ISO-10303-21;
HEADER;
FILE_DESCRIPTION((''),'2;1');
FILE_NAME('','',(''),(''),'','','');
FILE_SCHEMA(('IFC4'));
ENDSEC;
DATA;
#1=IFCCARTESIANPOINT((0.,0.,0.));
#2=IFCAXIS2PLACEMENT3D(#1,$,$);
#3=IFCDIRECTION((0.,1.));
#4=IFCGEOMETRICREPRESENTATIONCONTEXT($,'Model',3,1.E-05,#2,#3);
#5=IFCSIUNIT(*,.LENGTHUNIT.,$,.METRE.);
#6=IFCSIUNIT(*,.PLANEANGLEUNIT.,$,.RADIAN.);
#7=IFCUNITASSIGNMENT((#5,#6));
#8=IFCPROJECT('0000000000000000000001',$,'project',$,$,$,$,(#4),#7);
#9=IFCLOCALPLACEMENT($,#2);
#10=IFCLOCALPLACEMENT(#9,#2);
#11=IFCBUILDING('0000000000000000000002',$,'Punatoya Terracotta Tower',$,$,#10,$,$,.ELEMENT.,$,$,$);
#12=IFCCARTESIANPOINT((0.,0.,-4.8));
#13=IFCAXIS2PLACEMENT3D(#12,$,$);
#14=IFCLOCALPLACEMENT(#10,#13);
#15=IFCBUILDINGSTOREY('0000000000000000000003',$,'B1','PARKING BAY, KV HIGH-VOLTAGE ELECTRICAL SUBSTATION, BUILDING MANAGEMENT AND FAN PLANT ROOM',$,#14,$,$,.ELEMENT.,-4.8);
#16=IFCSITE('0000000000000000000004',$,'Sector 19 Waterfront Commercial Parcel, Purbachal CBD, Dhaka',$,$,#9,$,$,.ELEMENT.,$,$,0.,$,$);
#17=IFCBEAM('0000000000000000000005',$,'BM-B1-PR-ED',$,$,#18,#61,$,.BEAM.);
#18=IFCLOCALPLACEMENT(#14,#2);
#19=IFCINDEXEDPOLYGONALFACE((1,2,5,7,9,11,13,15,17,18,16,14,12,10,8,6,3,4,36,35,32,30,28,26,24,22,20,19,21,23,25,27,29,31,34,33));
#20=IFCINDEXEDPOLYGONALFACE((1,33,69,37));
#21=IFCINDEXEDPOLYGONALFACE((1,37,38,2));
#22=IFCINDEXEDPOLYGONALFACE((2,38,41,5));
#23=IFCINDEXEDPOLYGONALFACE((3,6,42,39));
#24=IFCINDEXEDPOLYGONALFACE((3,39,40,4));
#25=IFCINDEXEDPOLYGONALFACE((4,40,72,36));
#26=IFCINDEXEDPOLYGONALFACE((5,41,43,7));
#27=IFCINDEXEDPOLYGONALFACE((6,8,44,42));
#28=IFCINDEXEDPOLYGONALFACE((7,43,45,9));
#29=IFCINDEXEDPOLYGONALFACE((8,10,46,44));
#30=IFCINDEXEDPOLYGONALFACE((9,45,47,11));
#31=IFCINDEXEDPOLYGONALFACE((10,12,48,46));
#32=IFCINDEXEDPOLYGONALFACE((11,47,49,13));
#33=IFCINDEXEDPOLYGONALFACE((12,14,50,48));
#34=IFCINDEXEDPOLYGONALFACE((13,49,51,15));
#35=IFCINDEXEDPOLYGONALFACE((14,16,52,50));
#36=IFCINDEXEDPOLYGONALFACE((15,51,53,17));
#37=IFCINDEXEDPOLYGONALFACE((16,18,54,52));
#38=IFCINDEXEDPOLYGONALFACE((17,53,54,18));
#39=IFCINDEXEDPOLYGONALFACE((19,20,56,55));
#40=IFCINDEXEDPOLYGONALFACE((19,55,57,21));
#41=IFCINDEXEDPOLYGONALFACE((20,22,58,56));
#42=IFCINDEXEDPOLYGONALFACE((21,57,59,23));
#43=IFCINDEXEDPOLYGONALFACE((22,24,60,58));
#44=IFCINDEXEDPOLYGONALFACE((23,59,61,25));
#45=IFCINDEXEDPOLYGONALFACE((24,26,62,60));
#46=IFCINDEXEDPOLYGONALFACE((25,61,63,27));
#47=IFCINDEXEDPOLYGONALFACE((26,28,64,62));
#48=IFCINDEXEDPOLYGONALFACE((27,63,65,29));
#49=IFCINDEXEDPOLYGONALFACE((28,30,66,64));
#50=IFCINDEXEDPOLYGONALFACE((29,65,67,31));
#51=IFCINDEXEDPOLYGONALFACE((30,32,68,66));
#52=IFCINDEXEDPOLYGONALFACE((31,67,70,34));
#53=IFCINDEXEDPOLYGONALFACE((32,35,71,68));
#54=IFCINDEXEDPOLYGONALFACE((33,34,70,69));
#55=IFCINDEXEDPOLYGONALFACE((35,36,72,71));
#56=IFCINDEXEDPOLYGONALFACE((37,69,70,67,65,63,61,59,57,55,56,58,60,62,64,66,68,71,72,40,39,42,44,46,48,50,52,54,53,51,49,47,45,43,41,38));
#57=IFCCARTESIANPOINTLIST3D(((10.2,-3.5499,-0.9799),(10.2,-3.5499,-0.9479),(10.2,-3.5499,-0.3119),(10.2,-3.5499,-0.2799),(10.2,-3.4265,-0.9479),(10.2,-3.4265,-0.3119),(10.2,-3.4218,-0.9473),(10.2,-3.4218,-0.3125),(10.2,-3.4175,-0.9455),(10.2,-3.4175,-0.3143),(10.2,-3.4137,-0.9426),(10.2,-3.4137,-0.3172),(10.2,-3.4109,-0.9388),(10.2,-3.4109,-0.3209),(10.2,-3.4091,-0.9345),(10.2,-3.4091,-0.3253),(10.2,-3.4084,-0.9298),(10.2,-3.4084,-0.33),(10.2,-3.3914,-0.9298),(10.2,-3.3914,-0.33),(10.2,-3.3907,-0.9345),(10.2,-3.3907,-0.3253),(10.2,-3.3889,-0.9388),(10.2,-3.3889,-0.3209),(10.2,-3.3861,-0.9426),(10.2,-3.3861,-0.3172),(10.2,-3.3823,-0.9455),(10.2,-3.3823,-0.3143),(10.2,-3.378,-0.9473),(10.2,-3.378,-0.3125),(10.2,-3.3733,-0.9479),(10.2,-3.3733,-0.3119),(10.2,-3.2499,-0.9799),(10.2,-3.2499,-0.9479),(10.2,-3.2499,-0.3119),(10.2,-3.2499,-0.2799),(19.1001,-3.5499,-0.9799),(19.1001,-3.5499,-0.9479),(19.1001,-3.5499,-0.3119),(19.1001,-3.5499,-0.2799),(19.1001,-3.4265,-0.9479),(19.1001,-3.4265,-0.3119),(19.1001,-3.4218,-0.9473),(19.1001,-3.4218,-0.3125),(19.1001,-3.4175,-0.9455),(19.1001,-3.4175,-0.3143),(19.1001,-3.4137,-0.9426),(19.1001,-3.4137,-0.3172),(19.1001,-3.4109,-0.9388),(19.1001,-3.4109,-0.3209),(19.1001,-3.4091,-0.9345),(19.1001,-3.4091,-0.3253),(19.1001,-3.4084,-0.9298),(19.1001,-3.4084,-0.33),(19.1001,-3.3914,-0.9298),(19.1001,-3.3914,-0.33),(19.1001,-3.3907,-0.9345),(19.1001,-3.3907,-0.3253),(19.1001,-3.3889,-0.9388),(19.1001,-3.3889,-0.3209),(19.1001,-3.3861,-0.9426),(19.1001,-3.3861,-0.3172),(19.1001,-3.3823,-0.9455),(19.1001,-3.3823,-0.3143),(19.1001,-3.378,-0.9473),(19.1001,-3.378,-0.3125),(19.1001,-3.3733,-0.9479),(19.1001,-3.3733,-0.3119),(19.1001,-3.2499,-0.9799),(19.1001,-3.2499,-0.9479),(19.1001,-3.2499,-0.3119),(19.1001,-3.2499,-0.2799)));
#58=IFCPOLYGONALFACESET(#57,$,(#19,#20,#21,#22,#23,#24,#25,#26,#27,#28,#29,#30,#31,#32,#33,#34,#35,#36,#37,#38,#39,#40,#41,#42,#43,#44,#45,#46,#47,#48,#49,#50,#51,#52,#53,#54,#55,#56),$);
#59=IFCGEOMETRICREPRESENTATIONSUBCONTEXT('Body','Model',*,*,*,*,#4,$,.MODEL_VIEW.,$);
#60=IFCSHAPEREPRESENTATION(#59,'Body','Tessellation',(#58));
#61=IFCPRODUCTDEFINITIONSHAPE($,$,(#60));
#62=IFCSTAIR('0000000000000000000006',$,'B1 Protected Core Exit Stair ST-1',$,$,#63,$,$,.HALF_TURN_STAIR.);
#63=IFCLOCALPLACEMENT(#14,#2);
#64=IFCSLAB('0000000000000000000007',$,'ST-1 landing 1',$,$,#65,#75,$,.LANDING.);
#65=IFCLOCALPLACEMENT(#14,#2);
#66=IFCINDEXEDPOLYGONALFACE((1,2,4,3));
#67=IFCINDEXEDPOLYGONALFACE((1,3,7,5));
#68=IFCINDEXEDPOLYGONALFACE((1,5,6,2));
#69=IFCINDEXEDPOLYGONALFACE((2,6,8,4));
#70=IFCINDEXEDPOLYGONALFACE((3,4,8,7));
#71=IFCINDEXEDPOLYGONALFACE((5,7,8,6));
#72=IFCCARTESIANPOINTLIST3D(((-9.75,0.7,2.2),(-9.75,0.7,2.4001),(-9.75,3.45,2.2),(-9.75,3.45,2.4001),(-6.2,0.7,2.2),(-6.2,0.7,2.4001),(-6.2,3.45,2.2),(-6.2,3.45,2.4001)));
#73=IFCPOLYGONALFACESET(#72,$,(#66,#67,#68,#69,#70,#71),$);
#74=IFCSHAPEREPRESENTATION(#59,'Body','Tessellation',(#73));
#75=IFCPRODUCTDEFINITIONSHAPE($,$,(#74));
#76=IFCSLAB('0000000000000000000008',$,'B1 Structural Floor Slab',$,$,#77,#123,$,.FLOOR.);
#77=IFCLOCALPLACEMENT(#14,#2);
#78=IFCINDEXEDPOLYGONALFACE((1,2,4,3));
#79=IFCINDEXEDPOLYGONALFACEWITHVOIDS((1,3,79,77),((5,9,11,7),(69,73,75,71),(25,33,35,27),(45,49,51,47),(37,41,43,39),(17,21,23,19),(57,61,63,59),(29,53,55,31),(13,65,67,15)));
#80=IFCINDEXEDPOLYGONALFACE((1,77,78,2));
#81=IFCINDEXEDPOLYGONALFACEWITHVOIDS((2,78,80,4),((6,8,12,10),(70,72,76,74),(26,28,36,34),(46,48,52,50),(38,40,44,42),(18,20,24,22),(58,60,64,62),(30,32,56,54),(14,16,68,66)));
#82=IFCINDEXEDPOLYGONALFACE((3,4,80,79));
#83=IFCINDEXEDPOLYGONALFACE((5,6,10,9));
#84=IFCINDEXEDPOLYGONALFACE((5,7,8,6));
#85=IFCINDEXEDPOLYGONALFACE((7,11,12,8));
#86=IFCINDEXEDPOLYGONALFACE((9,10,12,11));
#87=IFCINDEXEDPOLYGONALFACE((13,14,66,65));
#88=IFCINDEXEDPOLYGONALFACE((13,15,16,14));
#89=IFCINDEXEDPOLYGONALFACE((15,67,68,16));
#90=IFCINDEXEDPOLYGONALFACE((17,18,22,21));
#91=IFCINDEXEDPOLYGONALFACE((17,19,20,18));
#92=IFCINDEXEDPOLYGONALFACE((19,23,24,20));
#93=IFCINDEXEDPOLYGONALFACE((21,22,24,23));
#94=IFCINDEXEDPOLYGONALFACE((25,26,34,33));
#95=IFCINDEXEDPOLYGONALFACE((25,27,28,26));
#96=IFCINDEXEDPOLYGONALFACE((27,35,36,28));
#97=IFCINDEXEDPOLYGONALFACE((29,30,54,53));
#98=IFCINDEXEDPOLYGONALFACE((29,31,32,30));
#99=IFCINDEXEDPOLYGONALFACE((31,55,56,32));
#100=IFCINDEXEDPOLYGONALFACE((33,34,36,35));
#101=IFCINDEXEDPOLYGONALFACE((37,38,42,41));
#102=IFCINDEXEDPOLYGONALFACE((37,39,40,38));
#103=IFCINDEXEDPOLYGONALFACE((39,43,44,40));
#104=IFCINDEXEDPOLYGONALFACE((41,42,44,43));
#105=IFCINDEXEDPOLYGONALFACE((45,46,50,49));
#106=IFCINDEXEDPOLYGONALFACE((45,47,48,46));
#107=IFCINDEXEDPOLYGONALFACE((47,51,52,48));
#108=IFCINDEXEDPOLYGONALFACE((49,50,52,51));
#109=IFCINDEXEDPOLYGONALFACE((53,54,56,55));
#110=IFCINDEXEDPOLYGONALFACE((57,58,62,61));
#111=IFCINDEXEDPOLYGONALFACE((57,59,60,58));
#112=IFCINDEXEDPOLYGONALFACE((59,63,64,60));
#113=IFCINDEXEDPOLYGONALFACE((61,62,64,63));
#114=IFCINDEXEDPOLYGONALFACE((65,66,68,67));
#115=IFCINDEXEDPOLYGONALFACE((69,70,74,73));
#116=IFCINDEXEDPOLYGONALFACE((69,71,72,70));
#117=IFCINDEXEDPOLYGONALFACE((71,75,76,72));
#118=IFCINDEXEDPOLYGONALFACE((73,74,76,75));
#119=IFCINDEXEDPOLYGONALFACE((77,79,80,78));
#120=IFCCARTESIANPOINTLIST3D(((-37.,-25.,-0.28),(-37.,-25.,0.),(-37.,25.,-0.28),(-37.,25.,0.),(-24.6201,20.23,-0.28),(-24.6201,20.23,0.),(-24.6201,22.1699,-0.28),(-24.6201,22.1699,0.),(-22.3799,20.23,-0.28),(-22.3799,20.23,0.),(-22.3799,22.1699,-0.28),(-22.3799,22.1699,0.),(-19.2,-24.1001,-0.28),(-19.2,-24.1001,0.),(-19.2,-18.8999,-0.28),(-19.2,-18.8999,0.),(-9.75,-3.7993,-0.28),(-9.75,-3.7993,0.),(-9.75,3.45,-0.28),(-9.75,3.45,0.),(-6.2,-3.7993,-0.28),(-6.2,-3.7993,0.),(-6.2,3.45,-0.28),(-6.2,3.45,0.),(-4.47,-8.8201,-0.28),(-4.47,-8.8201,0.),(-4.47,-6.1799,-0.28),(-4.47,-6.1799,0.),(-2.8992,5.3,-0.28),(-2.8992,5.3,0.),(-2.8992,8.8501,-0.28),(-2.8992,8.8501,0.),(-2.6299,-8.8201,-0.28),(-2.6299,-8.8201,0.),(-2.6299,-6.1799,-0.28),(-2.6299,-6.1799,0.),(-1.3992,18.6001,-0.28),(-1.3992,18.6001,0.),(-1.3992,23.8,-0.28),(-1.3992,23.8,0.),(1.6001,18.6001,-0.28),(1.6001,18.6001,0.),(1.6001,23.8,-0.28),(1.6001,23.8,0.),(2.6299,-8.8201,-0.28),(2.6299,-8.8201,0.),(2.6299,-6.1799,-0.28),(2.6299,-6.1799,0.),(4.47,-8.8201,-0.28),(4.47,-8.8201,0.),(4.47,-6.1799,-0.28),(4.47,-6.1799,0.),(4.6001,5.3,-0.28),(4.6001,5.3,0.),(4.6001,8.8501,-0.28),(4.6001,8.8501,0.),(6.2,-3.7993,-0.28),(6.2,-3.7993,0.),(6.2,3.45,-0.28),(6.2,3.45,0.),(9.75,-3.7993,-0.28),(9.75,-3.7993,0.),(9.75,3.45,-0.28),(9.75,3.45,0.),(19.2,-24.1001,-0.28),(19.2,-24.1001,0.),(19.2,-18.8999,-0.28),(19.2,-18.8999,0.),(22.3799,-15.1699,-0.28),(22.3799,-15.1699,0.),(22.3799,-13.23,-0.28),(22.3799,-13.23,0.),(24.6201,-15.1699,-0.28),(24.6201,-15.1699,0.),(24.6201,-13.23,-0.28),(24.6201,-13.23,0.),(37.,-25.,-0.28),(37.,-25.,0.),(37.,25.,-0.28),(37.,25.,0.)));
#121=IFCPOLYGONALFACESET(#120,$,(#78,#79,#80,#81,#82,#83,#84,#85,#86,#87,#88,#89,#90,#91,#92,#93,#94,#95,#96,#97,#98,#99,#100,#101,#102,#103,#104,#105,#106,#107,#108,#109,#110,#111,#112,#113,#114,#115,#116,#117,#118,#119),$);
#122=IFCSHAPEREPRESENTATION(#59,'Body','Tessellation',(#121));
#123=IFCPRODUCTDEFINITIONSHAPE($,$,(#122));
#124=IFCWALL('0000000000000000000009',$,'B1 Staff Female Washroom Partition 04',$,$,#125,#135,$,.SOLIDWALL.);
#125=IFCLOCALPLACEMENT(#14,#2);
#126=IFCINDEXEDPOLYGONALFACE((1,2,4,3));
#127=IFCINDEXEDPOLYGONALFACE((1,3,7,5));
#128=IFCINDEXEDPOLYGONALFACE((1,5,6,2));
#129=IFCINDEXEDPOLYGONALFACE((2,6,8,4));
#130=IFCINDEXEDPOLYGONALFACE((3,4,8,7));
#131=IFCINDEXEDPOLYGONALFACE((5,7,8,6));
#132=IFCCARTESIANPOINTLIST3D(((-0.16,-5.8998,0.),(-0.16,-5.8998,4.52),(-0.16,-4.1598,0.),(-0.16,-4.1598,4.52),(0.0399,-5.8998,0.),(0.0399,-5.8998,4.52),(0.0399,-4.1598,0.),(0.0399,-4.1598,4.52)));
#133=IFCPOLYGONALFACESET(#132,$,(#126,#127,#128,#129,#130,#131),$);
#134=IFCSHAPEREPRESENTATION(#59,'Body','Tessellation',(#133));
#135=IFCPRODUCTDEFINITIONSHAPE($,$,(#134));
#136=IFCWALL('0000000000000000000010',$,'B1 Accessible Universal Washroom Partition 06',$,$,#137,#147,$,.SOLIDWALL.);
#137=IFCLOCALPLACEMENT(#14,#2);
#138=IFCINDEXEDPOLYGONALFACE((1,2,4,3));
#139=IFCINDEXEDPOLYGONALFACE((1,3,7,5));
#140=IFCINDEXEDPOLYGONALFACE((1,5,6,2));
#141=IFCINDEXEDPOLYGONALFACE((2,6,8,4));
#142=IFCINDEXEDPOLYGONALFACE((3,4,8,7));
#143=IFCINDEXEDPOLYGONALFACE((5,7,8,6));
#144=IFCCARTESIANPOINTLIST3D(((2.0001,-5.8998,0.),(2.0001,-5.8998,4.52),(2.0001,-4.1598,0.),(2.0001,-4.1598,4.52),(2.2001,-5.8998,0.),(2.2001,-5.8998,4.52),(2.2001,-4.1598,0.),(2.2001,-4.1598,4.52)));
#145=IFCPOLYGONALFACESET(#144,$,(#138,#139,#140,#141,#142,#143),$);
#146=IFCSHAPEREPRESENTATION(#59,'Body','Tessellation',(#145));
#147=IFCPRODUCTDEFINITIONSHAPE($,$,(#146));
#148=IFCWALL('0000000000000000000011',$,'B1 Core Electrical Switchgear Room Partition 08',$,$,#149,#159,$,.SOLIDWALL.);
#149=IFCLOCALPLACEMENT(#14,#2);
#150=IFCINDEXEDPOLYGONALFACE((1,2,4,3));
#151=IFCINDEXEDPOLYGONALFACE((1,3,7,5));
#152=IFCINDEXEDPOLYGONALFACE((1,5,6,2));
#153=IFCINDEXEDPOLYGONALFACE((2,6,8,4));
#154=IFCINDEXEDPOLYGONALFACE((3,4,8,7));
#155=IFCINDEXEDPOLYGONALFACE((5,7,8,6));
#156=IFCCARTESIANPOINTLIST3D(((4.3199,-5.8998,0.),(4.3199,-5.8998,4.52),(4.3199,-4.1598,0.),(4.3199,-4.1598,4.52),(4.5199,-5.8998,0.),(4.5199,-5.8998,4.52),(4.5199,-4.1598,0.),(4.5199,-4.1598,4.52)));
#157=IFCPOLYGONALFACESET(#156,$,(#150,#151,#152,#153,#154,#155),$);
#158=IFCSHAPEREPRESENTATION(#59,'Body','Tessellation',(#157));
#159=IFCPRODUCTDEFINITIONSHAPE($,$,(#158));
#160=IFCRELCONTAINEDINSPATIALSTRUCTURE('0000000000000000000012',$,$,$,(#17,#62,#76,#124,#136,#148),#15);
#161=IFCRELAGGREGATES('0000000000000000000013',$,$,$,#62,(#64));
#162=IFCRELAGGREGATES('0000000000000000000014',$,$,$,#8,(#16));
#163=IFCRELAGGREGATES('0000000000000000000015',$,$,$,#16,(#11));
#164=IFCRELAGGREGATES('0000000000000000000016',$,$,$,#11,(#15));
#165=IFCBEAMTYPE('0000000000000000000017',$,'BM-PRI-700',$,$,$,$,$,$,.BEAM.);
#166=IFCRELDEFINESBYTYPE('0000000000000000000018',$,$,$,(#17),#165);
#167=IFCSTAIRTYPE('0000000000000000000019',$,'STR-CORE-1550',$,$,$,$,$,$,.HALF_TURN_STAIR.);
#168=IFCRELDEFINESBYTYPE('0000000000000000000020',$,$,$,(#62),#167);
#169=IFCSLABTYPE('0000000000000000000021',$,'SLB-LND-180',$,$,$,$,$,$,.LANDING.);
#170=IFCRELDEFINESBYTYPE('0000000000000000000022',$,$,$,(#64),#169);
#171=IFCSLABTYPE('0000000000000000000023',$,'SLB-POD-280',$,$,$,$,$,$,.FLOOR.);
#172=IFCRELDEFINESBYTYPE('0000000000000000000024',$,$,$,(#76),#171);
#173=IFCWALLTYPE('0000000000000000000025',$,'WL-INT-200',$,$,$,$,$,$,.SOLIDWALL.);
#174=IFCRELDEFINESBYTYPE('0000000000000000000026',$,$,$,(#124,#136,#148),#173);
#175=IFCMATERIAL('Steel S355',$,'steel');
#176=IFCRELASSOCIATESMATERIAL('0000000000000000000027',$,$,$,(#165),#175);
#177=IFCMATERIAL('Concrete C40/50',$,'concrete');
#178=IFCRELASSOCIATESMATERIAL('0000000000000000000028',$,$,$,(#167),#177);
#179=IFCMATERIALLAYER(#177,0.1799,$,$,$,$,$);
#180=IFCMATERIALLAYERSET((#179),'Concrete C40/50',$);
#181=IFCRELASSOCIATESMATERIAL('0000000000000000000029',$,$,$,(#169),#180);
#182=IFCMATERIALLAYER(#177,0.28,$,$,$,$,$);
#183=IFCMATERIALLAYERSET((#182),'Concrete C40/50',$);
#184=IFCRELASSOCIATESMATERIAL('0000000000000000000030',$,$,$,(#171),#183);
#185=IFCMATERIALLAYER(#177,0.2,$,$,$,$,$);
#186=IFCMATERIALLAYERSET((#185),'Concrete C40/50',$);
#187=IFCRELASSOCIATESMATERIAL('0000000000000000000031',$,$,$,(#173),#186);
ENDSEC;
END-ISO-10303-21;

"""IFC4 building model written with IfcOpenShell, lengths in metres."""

from ifc_helpers import new_model, si_unit, direction, frame, frame_2d, origin, origin_2d, place, context, subcontext, project, spatial, polyline, rectangle, i_section, outline, extrude, material, layer, layer_set, material_profile, profile_set, type_object, element, aggregate, save


model = new_model("IFC4")

# Units and contexts
model_context = context("Model", 3, precision=1e-05, world=origin(), true_north=direction((0.0, 1.0)))
body_context = subcontext(model_context, "Body", "Model", "MODEL_VIEW")
ifc_project = project(units=[si_unit("LENGTHUNIT", "METRE"), si_unit("PLANEANGLEUNIT", "RADIAN")], contexts=[model_context])

# Site, building, storey
site_placement = place(None, origin())
site = spatial("IfcSite", under=ifc_project, at=site_placement, Name="Sector 19 Waterfront Commercial Parcel, Purbachal CBD, Dhaka", CompositionType="ELEMENT", RefElevation=0.0)
building_placement = place(site_placement, origin())
building = spatial("IfcBuilding", under=site, at=building_placement, Name="Punatoya Terracotta Tower", CompositionType="ELEMENT")
storey_placement = place(building_placement, frame((0.0, 0.0, -4.8)))
storey = spatial("IfcBuildingStorey", under=building, at=storey_placement, Name="B1", Description="PARKING BAY, KV HIGH-VOLTAGE ELECTRICAL SUBSTATION, BUILDING MANAGEMENT AND FAN PLANT ROOM", CompositionType="ELEMENT", Elevation=-4.8)

# Beam
ifc_material_1 = material(Name="Steel S355", Category="steel")
ifc_material_profile = material_profile(ifc_material_1, i_section(OverallWidth=0.3, OverallDepth=0.7, WebThickness=0.0171, FlangeThickness=0.032, FilletRadius=0.0181, at=origin_2d()))
ifc_profile_set = profile_set([ifc_material_profile], Name="Steel S355")
beam_type = type_object("IfcBeamType", Name="BM-PRI-700", PredefinedType="BEAM", material=ifc_profile_set)
beam_placement = place(storey_placement, frame((10.2, -3.3999, -0.6299), z_axis=(1.0, 0.0, 0.0), x_axis=(0.0, 1.0, 0.0)))
element("IfcBeam", 1, at=beam_placement, inside=storey, type_object=beam_type, Name="BM-B1-PR-ED", PredefinedType="BEAM", context=body_context, shape_type="SweptSolid", body=[
    extrude(i_section(OverallWidth=0.3, OverallDepth=0.7, WebThickness=0.0171, FlangeThickness=0.032, FilletRadius=0.0181, at=origin_2d()), origin(), (0.0, 0.0, 1.0), 8.9001),
])

# Stair, slab
ifc_material_2 = material(Name="Concrete C40/50", Category="concrete")
stair_type_1 = type_object("IfcStairType", Name="STR-CORE-1550", PredefinedType="HALF_TURN_STAIR", material=ifc_material_2)
stair_1_placement = place(storey_placement, origin())
stair_1 = element("IfcStair", 2, at=stair_1_placement, inside=storey, type_object=stair_type_1, Name="B1 Protected Core Exit Stair ST-1", PredefinedType="HALF_TURN_STAIR")
ifc_layer_1 = layer(ifc_material_2, 0.1799)
ifc_layer_set_1 = layer_set([ifc_layer_1], Name="Concrete C40/50")
slab_type_1 = type_object("IfcSlabType", Name="SLB-LND-180", PredefinedType="LANDING", material=ifc_layer_set_1)
slab_1_placement = place(storey_placement, frame((0.0, 0.0, 2.2)))
slab_1 = element("IfcSlab", 3, at=slab_1_placement, type_object=slab_type_1, Name="ST-1 landing 1", PredefinedType="LANDING", context=body_context, shape_type="SweptSolid", body=[
    extrude(outline(polyline([(-6.2, 0.7), (-6.2, 3.45), (-9.75, 3.45), (-9.75, 0.7), (-6.2, 0.7)])), origin(), (0.0, 0.0, 1.0), 0.2002),
])
aggregate(stair_1, [slab_1])

# Slab
ifc_layer_2 = layer(ifc_material_2, 0.28)
ifc_layer_set_2 = layer_set([ifc_layer_2], Name="Concrete C40/50")
slab_type_2 = type_object("IfcSlabType", Name="SLB-POD-280", PredefinedType="FLOOR", material=ifc_layer_set_2)
slab_2_placement = place(storey_placement, frame((0.0, 0.0, -0.28)))
element("IfcSlab", 4, at=slab_2_placement, inside=storey, type_object=slab_type_2, Name="B1 Structural Floor Slab", PredefinedType="FLOOR", context=body_context, shape_type="SweptSolid", body=[
    extrude(outline(polyline([(-37.0, 25.0), (37.0, 25.0), (37.0, -25.0), (-37.0, -25.0), (-37.0, 25.0)]), holes=[polyline([(-19.2, -18.8999), (-19.2, -24.1001), (19.2, -24.1001), (19.2, -18.8999), (-19.2, -18.8999)]), polyline([(24.6201, -13.23), (22.3799, -13.23), (22.3799, -15.1699), (24.6201, -15.1699), (24.6201, -13.23)]), polyline([(-2.6299, -6.1799), (-4.47, -6.1799), (-4.47, -8.8201), (-2.6299, -8.8201), (-2.6299, -6.1799)]), polyline([(4.47, -6.1799), (2.6299, -6.1799), (2.6299, -8.8201), (4.47, -8.8201), (4.47, -6.1799)]), polyline([(-9.75, 3.45), (-9.75, -3.7993), (-6.2, -3.7993), (-6.2, 3.45), (-9.75, 3.45)]), polyline([(6.2, 3.45), (6.2, -3.7993), (9.75, -3.7993), (9.75, 3.45), (6.2, 3.45)]), polyline([(4.6001, 8.8501), (-2.8992, 8.8501), (-2.8992, 5.3), (4.6001, 5.3), (4.6001, 8.8501)]), polyline([(-22.3799, 20.23), (-22.3799, 22.1699), (-24.6201, 22.1699), (-24.6201, 20.23), (-22.3799, 20.23)]), polyline([(1.6001, 23.8), (-1.3992, 23.8), (-1.3992, 18.6001), (1.6001, 18.6001), (1.6001, 23.8)])]), origin(), (0.0, 0.0, 1.0), 0.28),
])

# Wall
ifc_layer_3 = layer(ifc_material_2, 0.2)
ifc_layer_set_3 = layer_set([ifc_layer_3], Name="Concrete C40/50")
wall_type_1 = type_object("IfcWallType", Name="WL-INT-200", PredefinedType="SOLIDWALL", material=ifc_layer_set_3)
wall_1_placement = place(storey_placement, frame((-0.0601, -5.8999, 0.0), z_axis=(0.0, 0.0, 1.0), x_axis=(0.0, 1.0, 0.0)))
element("IfcWall", 5, at=wall_1_placement, inside=storey, type_object=wall_type_1, Name="B1 Staff Female Washroom Partition 04", PredefinedType="SOLIDWALL", context=body_context, shape_type="SweptSolid", body=[
    extrude(rectangle(XDim=1.74, YDim=0.2, at=frame_2d((0.8701, 0.0))), origin(), (0.0, 0.0, 1.0), 4.52),
])

# Wall
wall_2_placement = place(storey_placement, frame((2.1001, -5.8999, 0.0), z_axis=(0.0, 0.0, 1.0), x_axis=(0.0, 1.0, 0.0)))
element("IfcWall", 6, at=wall_2_placement, inside=storey, type_object=wall_type_1, Name="B1 Accessible Universal Washroom Partition 06", PredefinedType="SOLIDWALL", context=body_context, shape_type="SweptSolid", body=[
    extrude(rectangle(XDim=1.74, YDim=0.2, at=frame_2d((0.8701, 0.0))), origin(), (0.0, 0.0, 1.0), 4.52),
])

# Wall
wall_3_placement = place(storey_placement, frame((4.4199, -5.8999, 0.0), z_axis=(0.0, 0.0, 1.0), x_axis=(0.0, 1.0, 0.0)))
element("IfcWall", 7, at=wall_3_placement, inside=storey, type_object=wall_type_1, Name="B1 Core Electrical Switchgear Room Partition 08", PredefinedType="SOLIDWALL", context=body_context, shape_type="SweptSolid", body=[
    extrude(rectangle(XDim=1.74, YDim=0.2, at=frame_2d((0.8701, 0.0))), origin(), (0.0, 0.0, 1.0), 4.52),
])

save(model, "model.ifc")
